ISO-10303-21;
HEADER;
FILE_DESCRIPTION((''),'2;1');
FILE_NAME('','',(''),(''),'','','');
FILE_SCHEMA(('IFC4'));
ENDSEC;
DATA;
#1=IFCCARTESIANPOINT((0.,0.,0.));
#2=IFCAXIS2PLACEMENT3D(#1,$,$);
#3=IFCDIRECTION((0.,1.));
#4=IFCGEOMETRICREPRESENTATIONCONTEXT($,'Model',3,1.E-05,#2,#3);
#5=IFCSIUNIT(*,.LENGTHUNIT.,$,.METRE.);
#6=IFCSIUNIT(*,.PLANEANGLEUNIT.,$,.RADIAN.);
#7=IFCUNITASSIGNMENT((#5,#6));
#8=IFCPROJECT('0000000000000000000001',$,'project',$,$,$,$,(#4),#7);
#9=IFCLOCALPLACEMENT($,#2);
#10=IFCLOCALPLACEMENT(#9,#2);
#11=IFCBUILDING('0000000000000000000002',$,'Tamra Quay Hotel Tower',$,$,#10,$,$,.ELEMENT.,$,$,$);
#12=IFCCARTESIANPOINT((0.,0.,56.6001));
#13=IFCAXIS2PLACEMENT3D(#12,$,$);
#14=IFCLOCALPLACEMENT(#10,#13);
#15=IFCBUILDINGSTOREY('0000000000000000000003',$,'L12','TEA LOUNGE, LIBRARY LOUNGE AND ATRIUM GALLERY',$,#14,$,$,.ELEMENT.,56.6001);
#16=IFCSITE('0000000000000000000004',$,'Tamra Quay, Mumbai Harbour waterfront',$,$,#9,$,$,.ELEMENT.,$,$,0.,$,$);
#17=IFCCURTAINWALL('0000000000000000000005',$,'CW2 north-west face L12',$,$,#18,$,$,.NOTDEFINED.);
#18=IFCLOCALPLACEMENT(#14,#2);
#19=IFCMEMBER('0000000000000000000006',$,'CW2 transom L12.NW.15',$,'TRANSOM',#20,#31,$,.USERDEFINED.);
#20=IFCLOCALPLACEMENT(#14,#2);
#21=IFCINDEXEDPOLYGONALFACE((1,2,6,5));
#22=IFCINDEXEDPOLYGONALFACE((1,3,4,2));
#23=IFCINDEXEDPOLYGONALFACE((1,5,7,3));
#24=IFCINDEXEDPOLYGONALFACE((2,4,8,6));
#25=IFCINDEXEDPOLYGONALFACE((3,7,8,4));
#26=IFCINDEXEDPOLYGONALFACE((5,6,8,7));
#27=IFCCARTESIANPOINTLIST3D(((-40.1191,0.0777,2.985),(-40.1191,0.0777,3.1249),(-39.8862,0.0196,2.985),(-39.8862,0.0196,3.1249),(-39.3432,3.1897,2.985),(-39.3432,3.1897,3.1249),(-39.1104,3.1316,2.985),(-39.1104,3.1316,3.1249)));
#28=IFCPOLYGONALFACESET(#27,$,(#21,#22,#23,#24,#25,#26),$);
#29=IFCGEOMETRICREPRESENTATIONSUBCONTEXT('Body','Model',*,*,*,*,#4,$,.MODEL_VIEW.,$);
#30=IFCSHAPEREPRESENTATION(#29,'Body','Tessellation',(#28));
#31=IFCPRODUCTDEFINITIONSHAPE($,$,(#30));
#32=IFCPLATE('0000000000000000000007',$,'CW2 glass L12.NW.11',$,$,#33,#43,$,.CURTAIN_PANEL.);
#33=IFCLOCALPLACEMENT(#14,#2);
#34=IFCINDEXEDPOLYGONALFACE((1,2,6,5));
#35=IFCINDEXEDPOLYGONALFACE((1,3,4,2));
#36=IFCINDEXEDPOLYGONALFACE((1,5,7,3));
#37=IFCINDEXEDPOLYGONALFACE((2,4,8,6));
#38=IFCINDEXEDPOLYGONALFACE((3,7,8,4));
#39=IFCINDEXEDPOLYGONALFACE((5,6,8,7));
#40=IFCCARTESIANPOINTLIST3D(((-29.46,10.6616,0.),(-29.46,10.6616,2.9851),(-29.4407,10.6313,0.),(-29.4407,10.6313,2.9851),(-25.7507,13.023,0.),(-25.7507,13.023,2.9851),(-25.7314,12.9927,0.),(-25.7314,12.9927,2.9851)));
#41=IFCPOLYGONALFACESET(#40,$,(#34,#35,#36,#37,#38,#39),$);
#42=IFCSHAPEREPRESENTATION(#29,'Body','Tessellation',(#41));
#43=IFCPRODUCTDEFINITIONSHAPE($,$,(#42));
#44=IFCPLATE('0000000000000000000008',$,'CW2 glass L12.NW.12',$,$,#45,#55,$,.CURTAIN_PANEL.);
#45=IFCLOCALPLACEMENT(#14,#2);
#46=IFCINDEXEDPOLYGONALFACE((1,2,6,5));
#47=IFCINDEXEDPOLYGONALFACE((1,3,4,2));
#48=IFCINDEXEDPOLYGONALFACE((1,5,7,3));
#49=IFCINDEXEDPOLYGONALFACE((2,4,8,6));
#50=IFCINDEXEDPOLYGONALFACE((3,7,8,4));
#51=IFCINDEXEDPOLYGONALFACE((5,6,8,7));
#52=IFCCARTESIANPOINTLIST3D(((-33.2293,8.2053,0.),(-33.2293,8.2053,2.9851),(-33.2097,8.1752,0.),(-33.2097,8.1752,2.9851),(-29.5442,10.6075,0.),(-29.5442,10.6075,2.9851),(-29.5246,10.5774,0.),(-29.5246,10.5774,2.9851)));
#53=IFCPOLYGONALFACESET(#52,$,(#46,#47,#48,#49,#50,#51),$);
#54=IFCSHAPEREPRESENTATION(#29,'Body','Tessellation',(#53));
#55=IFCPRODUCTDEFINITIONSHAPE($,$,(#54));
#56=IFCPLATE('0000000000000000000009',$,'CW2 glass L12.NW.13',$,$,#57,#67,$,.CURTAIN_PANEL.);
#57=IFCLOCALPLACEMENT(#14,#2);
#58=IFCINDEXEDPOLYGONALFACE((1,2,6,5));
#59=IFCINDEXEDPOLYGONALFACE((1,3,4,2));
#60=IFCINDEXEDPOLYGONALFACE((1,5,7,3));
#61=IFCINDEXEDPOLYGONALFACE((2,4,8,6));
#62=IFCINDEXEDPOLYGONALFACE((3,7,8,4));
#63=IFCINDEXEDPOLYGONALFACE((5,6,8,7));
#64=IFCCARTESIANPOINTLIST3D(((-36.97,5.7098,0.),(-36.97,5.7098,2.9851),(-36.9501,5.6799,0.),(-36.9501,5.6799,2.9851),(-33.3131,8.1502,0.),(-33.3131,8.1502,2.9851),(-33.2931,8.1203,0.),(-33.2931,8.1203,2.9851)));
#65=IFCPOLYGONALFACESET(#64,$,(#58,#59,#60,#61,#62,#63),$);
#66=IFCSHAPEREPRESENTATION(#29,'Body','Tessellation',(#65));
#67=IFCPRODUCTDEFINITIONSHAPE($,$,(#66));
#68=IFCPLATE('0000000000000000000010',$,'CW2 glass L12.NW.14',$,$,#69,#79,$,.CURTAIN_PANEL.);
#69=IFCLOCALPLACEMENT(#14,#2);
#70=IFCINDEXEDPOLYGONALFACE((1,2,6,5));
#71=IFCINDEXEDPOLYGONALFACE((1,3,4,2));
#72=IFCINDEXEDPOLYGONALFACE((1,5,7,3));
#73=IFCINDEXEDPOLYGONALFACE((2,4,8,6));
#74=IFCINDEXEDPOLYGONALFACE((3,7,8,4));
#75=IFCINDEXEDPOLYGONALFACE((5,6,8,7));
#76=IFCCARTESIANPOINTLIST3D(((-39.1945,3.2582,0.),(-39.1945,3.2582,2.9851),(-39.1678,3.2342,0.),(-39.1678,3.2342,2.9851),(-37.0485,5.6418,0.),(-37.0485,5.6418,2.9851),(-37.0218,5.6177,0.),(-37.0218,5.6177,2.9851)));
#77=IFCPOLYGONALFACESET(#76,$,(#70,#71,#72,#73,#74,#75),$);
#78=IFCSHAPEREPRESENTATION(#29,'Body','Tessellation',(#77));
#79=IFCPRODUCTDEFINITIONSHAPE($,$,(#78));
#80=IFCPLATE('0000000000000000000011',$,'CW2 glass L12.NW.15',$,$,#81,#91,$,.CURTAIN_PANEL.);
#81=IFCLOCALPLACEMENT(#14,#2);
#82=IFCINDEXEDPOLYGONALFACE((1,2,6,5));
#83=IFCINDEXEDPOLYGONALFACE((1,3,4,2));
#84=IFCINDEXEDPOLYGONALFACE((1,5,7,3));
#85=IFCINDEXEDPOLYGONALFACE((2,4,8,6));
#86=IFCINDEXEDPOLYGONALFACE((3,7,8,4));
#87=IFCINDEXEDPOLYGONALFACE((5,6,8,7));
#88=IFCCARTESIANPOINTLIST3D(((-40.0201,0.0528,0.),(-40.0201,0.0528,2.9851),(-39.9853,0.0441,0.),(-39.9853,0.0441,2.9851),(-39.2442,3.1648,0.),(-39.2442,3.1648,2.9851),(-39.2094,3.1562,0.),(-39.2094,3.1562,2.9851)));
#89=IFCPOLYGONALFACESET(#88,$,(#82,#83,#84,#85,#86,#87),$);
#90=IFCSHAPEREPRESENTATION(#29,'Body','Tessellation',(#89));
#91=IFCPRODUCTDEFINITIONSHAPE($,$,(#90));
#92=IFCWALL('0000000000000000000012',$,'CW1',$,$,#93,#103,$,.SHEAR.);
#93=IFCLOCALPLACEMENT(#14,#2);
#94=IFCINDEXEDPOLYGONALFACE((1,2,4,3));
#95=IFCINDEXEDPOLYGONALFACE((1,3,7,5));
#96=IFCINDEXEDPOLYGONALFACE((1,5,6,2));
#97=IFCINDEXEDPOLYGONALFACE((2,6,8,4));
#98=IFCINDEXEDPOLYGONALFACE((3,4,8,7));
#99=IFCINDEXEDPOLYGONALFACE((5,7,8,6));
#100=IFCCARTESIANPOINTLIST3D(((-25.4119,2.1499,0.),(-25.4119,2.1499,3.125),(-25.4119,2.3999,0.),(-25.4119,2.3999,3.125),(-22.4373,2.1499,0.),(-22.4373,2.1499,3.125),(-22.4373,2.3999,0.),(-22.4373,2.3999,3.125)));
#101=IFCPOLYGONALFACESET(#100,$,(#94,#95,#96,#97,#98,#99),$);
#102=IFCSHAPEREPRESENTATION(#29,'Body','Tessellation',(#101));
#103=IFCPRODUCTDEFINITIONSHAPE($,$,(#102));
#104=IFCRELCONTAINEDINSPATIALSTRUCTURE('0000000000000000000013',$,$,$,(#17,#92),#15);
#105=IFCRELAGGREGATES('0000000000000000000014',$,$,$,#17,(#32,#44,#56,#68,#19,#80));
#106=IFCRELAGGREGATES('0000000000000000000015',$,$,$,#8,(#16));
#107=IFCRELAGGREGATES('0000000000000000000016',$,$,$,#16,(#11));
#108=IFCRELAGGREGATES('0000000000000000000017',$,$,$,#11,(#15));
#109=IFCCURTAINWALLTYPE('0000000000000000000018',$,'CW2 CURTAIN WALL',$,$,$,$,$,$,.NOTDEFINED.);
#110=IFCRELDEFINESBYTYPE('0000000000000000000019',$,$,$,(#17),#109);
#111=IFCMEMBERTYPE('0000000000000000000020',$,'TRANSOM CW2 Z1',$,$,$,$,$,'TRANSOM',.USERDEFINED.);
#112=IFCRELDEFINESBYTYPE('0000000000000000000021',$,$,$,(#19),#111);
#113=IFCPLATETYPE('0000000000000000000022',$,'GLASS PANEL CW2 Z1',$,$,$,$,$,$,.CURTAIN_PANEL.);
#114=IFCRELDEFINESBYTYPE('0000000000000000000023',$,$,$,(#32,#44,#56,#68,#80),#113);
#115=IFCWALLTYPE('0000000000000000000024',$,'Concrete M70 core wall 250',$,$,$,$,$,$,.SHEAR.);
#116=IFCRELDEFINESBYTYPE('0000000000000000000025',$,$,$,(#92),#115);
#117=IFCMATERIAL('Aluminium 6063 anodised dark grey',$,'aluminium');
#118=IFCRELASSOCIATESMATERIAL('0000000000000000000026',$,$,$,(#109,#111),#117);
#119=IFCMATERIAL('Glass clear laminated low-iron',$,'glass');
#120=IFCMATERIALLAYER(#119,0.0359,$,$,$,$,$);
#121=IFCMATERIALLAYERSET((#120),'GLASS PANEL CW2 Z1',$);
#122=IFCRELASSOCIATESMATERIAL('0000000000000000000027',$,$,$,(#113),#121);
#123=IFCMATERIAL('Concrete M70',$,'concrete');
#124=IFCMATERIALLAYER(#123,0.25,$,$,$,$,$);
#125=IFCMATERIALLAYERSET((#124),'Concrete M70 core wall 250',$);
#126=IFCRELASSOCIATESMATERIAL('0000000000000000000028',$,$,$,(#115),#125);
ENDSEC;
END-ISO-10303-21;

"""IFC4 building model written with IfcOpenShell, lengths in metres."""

from ifc_helpers import new_model, si_unit, direction, frame, frame_2d, origin, origin_2d, place, context, subcontext, project, spatial, rectangle, extrude, material, layer, layer_set, material_profile, profile_set, type_object, element, aggregate, save


model = new_model("IFC4")

# Units and contexts
model_context = context("Model", 3, precision=1e-05, world=origin(), true_north=direction((0.0, 1.0)))
body_context = subcontext(model_context, "Body", "Model", "MODEL_VIEW")
ifc_project = project(units=[si_unit("LENGTHUNIT", "METRE"), si_unit("PLANEANGLEUNIT", "RADIAN")], contexts=[model_context])

# Site, building, storey
site_placement = place(None, origin())
site = spatial("IfcSite", under=ifc_project, at=site_placement, Name="Tamra Quay, Mumbai Harbour waterfront", CompositionType="ELEMENT", RefElevation=0.0)
building_placement = place(site_placement, origin())
building = spatial("IfcBuilding", under=site, at=building_placement, Name="Tamra Quay Hotel Tower", CompositionType="ELEMENT")
storey_placement = place(building_placement, frame((0.0, 0.0, 56.6001)))
storey = spatial("IfcBuildingStorey", under=building, at=storey_placement, Name="L12", Description="TEA LOUNGE, LIBRARY LOUNGE AND ATRIUM GALLERY", CompositionType="ELEMENT", Elevation=56.6001)

# Shared definitions
ifc_material_1 = material(Name="Concrete M70", Category="concrete")

# Curtain wall
ifc_material_2 = material(Name="Aluminium 6063 anodised dark grey", Category="aluminium")
curtain_wall_type = type_object("IfcCurtainWallType", Name="CW2 CURTAIN WALL", PredefinedType="NOTDEFINED", material=ifc_material_2)
curtain_wall_placement = place(storey_placement, origin())
curtain_wall = element("IfcCurtainWall", 1, at=curtain_wall_placement, inside=storey, type_object=curtain_wall_type, Name="CW2 north-west face L12", PredefinedType="NOTDEFINED")

# Member
ifc_material_profile_1 = material_profile(ifc_material_2, rectangle(XDim=0.24, YDim=0.1399, at=origin_2d()), Name="TRANSOM 240X140")
ifc_profile_set_1 = profile_set([ifc_material_profile_1], Name="Aluminium 6063 anodised dark grey")
member_type_1 = type_object("IfcMemberType", Name="TRANSOM CW2 Z1", ElementType="TRANSOM", PredefinedType="USERDEFINED", material=ifc_profile_set_1)
member_1_placement = place(storey_placement, frame((-39.2268, 3.1606, 3.0549), z_axis=(-0.241909, -0.970299, 0.0), x_axis=(0.970299, -0.241909, 0.0)))
member_1 = element("IfcMember", 2, at=member_1_placement, type_object=member_type_1, Name="CW2 transom L12.NW.15", ObjectType="TRANSOM", PredefinedType="USERDEFINED", context=body_context, shape_type="SweptSolid", body=[
    extrude(rectangle(XDim=0.24, YDim=0.1399, at=origin_2d()), origin(), (0.0, 0.0, 1.0), 3.2073),
])

# Plates
ifc_material_3 = material(Name="Glass clear laminated low-iron", Category="glass")
ifc_layer_1 = layer(ifc_material_3, 0.0359)
ifc_layer_set_1 = layer_set([ifc_layer_1], Name="GLASS PANEL CW2 Z1")
plate_type = type_object("IfcPlateType", Name="GLASS PANEL CW2 Z1", PredefinedType="CURTAIN_PANEL", material=ifc_layer_set_1)
plate_1_placement = place(storey_placement, frame((-27.5957, 11.8271, 0.0), z_axis=(0.0, 0.0, 1.0), x_axis=(-0.843571, -0.537018, 0.0)))
plate_1 = element("IfcPlate", 3, at=plate_1_placement, type_object=plate_type, Name="CW2 glass L12.NW.11", PredefinedType="CURTAIN_PANEL", context=body_context, shape_type="SweptSolid", body=[
    extrude(rectangle(XDim=4.3972, YDim=0.0359, at=origin_2d()), origin(), (0.0, 0.0, 1.0), 2.9851),
])
plate_2_placement = place(storey_placement, frame((-31.377, 9.3914, 0.0), z_axis=(0.0, 0.0, 1.0), x_axis=(-0.837728, -0.546088, 0.0)))
plate_2 = element("IfcPlate", 4, at=plate_2_placement, type_object=plate_type, Name="CW2 glass L12.NW.12", PredefinedType="CURTAIN_PANEL", context=body_context, shape_type="SweptSolid", body=[
    extrude(rectangle(XDim=4.3989, YDim=0.0359, at=origin_2d()), origin(), (0.0, 0.0, 1.0), 2.9851),
])
plate_3_placement = place(storey_placement, frame((-35.1316, 6.915, 0.0), z_axis=(0.0, 0.0, 1.0), x_axis=(-0.831798, -0.555078, 0.0)))
plate_3 = element("IfcPlate", 5, at=plate_3_placement, type_object=plate_type, Name="CW2 glass L12.NW.13", PredefinedType="CURTAIN_PANEL", context=body_context, shape_type="SweptSolid", body=[
    extrude(rectangle(XDim=4.3965, YDim=0.0359, at=origin_2d()), origin(), (0.0, 0.0, 1.0), 2.9851),
])
plate_4_placement = place(storey_placement, frame((-38.1082, 4.438, 0.0), z_axis=(0.0, 0.0, 1.0), x_axis=(-0.669112, -0.743161, 0.0)))
plate_4 = element("IfcPlate", 6, at=plate_4_placement, type_object=plate_type, Name="CW2 glass L12.NW.14", PredefinedType="CURTAIN_PANEL", context=body_context, shape_type="SweptSolid", body=[
    extrude(rectangle(XDim=3.2073, YDim=0.0359, at=origin_2d()), origin(), (0.0, 0.0, 1.0), 2.9851),
])
plate_5_placement = place(storey_placement, frame((-39.6147, 1.6045, 0.0), z_axis=(0.0, 0.0, 1.0), x_axis=(-0.241914, -0.970298, 0.0)))
plate_5 = element("IfcPlate", 7, at=plate_5_placement, type_object=plate_type, Name="CW2 glass L12.NW.15", PredefinedType="CURTAIN_PANEL", context=body_context, shape_type="SweptSolid", body=[
    extrude(rectangle(XDim=3.2073, YDim=0.0359, at=origin_2d()), origin(), (0.0, 0.0, 1.0), 2.9851),
])
aggregate(curtain_wall, [plate_1, plate_2, plate_3, plate_4, member_1, plate_5])

# Wall
ifc_layer_2 = layer(ifc_material_1, 0.25)
ifc_layer_set_2 = layer_set([ifc_layer_2], Name="Concrete M70 core wall 250")
wall_type = type_object("IfcWallType", Name="Concrete M70 core wall 250", PredefinedType="SHEAR", material=ifc_layer_set_2)
wall_placement = place(storey_placement, frame((-25.4119, 2.2749, 0.0), z_axis=(0.0, 0.0, 1.0), x_axis=(1.0, 0.0, 0.0)))
element("IfcWall", 8, at=wall_placement, inside=storey, type_object=wall_type, Name="CW1", PredefinedType="SHEAR", context=body_context, shape_type="SweptSolid", body=[
    extrude(rectangle(XDim=2.9746, YDim=0.25, at=frame_2d((1.4873, 0.0))), origin(), (0.0, 0.0, 1.0), 3.125),
])

save(model, "model.ifc")
